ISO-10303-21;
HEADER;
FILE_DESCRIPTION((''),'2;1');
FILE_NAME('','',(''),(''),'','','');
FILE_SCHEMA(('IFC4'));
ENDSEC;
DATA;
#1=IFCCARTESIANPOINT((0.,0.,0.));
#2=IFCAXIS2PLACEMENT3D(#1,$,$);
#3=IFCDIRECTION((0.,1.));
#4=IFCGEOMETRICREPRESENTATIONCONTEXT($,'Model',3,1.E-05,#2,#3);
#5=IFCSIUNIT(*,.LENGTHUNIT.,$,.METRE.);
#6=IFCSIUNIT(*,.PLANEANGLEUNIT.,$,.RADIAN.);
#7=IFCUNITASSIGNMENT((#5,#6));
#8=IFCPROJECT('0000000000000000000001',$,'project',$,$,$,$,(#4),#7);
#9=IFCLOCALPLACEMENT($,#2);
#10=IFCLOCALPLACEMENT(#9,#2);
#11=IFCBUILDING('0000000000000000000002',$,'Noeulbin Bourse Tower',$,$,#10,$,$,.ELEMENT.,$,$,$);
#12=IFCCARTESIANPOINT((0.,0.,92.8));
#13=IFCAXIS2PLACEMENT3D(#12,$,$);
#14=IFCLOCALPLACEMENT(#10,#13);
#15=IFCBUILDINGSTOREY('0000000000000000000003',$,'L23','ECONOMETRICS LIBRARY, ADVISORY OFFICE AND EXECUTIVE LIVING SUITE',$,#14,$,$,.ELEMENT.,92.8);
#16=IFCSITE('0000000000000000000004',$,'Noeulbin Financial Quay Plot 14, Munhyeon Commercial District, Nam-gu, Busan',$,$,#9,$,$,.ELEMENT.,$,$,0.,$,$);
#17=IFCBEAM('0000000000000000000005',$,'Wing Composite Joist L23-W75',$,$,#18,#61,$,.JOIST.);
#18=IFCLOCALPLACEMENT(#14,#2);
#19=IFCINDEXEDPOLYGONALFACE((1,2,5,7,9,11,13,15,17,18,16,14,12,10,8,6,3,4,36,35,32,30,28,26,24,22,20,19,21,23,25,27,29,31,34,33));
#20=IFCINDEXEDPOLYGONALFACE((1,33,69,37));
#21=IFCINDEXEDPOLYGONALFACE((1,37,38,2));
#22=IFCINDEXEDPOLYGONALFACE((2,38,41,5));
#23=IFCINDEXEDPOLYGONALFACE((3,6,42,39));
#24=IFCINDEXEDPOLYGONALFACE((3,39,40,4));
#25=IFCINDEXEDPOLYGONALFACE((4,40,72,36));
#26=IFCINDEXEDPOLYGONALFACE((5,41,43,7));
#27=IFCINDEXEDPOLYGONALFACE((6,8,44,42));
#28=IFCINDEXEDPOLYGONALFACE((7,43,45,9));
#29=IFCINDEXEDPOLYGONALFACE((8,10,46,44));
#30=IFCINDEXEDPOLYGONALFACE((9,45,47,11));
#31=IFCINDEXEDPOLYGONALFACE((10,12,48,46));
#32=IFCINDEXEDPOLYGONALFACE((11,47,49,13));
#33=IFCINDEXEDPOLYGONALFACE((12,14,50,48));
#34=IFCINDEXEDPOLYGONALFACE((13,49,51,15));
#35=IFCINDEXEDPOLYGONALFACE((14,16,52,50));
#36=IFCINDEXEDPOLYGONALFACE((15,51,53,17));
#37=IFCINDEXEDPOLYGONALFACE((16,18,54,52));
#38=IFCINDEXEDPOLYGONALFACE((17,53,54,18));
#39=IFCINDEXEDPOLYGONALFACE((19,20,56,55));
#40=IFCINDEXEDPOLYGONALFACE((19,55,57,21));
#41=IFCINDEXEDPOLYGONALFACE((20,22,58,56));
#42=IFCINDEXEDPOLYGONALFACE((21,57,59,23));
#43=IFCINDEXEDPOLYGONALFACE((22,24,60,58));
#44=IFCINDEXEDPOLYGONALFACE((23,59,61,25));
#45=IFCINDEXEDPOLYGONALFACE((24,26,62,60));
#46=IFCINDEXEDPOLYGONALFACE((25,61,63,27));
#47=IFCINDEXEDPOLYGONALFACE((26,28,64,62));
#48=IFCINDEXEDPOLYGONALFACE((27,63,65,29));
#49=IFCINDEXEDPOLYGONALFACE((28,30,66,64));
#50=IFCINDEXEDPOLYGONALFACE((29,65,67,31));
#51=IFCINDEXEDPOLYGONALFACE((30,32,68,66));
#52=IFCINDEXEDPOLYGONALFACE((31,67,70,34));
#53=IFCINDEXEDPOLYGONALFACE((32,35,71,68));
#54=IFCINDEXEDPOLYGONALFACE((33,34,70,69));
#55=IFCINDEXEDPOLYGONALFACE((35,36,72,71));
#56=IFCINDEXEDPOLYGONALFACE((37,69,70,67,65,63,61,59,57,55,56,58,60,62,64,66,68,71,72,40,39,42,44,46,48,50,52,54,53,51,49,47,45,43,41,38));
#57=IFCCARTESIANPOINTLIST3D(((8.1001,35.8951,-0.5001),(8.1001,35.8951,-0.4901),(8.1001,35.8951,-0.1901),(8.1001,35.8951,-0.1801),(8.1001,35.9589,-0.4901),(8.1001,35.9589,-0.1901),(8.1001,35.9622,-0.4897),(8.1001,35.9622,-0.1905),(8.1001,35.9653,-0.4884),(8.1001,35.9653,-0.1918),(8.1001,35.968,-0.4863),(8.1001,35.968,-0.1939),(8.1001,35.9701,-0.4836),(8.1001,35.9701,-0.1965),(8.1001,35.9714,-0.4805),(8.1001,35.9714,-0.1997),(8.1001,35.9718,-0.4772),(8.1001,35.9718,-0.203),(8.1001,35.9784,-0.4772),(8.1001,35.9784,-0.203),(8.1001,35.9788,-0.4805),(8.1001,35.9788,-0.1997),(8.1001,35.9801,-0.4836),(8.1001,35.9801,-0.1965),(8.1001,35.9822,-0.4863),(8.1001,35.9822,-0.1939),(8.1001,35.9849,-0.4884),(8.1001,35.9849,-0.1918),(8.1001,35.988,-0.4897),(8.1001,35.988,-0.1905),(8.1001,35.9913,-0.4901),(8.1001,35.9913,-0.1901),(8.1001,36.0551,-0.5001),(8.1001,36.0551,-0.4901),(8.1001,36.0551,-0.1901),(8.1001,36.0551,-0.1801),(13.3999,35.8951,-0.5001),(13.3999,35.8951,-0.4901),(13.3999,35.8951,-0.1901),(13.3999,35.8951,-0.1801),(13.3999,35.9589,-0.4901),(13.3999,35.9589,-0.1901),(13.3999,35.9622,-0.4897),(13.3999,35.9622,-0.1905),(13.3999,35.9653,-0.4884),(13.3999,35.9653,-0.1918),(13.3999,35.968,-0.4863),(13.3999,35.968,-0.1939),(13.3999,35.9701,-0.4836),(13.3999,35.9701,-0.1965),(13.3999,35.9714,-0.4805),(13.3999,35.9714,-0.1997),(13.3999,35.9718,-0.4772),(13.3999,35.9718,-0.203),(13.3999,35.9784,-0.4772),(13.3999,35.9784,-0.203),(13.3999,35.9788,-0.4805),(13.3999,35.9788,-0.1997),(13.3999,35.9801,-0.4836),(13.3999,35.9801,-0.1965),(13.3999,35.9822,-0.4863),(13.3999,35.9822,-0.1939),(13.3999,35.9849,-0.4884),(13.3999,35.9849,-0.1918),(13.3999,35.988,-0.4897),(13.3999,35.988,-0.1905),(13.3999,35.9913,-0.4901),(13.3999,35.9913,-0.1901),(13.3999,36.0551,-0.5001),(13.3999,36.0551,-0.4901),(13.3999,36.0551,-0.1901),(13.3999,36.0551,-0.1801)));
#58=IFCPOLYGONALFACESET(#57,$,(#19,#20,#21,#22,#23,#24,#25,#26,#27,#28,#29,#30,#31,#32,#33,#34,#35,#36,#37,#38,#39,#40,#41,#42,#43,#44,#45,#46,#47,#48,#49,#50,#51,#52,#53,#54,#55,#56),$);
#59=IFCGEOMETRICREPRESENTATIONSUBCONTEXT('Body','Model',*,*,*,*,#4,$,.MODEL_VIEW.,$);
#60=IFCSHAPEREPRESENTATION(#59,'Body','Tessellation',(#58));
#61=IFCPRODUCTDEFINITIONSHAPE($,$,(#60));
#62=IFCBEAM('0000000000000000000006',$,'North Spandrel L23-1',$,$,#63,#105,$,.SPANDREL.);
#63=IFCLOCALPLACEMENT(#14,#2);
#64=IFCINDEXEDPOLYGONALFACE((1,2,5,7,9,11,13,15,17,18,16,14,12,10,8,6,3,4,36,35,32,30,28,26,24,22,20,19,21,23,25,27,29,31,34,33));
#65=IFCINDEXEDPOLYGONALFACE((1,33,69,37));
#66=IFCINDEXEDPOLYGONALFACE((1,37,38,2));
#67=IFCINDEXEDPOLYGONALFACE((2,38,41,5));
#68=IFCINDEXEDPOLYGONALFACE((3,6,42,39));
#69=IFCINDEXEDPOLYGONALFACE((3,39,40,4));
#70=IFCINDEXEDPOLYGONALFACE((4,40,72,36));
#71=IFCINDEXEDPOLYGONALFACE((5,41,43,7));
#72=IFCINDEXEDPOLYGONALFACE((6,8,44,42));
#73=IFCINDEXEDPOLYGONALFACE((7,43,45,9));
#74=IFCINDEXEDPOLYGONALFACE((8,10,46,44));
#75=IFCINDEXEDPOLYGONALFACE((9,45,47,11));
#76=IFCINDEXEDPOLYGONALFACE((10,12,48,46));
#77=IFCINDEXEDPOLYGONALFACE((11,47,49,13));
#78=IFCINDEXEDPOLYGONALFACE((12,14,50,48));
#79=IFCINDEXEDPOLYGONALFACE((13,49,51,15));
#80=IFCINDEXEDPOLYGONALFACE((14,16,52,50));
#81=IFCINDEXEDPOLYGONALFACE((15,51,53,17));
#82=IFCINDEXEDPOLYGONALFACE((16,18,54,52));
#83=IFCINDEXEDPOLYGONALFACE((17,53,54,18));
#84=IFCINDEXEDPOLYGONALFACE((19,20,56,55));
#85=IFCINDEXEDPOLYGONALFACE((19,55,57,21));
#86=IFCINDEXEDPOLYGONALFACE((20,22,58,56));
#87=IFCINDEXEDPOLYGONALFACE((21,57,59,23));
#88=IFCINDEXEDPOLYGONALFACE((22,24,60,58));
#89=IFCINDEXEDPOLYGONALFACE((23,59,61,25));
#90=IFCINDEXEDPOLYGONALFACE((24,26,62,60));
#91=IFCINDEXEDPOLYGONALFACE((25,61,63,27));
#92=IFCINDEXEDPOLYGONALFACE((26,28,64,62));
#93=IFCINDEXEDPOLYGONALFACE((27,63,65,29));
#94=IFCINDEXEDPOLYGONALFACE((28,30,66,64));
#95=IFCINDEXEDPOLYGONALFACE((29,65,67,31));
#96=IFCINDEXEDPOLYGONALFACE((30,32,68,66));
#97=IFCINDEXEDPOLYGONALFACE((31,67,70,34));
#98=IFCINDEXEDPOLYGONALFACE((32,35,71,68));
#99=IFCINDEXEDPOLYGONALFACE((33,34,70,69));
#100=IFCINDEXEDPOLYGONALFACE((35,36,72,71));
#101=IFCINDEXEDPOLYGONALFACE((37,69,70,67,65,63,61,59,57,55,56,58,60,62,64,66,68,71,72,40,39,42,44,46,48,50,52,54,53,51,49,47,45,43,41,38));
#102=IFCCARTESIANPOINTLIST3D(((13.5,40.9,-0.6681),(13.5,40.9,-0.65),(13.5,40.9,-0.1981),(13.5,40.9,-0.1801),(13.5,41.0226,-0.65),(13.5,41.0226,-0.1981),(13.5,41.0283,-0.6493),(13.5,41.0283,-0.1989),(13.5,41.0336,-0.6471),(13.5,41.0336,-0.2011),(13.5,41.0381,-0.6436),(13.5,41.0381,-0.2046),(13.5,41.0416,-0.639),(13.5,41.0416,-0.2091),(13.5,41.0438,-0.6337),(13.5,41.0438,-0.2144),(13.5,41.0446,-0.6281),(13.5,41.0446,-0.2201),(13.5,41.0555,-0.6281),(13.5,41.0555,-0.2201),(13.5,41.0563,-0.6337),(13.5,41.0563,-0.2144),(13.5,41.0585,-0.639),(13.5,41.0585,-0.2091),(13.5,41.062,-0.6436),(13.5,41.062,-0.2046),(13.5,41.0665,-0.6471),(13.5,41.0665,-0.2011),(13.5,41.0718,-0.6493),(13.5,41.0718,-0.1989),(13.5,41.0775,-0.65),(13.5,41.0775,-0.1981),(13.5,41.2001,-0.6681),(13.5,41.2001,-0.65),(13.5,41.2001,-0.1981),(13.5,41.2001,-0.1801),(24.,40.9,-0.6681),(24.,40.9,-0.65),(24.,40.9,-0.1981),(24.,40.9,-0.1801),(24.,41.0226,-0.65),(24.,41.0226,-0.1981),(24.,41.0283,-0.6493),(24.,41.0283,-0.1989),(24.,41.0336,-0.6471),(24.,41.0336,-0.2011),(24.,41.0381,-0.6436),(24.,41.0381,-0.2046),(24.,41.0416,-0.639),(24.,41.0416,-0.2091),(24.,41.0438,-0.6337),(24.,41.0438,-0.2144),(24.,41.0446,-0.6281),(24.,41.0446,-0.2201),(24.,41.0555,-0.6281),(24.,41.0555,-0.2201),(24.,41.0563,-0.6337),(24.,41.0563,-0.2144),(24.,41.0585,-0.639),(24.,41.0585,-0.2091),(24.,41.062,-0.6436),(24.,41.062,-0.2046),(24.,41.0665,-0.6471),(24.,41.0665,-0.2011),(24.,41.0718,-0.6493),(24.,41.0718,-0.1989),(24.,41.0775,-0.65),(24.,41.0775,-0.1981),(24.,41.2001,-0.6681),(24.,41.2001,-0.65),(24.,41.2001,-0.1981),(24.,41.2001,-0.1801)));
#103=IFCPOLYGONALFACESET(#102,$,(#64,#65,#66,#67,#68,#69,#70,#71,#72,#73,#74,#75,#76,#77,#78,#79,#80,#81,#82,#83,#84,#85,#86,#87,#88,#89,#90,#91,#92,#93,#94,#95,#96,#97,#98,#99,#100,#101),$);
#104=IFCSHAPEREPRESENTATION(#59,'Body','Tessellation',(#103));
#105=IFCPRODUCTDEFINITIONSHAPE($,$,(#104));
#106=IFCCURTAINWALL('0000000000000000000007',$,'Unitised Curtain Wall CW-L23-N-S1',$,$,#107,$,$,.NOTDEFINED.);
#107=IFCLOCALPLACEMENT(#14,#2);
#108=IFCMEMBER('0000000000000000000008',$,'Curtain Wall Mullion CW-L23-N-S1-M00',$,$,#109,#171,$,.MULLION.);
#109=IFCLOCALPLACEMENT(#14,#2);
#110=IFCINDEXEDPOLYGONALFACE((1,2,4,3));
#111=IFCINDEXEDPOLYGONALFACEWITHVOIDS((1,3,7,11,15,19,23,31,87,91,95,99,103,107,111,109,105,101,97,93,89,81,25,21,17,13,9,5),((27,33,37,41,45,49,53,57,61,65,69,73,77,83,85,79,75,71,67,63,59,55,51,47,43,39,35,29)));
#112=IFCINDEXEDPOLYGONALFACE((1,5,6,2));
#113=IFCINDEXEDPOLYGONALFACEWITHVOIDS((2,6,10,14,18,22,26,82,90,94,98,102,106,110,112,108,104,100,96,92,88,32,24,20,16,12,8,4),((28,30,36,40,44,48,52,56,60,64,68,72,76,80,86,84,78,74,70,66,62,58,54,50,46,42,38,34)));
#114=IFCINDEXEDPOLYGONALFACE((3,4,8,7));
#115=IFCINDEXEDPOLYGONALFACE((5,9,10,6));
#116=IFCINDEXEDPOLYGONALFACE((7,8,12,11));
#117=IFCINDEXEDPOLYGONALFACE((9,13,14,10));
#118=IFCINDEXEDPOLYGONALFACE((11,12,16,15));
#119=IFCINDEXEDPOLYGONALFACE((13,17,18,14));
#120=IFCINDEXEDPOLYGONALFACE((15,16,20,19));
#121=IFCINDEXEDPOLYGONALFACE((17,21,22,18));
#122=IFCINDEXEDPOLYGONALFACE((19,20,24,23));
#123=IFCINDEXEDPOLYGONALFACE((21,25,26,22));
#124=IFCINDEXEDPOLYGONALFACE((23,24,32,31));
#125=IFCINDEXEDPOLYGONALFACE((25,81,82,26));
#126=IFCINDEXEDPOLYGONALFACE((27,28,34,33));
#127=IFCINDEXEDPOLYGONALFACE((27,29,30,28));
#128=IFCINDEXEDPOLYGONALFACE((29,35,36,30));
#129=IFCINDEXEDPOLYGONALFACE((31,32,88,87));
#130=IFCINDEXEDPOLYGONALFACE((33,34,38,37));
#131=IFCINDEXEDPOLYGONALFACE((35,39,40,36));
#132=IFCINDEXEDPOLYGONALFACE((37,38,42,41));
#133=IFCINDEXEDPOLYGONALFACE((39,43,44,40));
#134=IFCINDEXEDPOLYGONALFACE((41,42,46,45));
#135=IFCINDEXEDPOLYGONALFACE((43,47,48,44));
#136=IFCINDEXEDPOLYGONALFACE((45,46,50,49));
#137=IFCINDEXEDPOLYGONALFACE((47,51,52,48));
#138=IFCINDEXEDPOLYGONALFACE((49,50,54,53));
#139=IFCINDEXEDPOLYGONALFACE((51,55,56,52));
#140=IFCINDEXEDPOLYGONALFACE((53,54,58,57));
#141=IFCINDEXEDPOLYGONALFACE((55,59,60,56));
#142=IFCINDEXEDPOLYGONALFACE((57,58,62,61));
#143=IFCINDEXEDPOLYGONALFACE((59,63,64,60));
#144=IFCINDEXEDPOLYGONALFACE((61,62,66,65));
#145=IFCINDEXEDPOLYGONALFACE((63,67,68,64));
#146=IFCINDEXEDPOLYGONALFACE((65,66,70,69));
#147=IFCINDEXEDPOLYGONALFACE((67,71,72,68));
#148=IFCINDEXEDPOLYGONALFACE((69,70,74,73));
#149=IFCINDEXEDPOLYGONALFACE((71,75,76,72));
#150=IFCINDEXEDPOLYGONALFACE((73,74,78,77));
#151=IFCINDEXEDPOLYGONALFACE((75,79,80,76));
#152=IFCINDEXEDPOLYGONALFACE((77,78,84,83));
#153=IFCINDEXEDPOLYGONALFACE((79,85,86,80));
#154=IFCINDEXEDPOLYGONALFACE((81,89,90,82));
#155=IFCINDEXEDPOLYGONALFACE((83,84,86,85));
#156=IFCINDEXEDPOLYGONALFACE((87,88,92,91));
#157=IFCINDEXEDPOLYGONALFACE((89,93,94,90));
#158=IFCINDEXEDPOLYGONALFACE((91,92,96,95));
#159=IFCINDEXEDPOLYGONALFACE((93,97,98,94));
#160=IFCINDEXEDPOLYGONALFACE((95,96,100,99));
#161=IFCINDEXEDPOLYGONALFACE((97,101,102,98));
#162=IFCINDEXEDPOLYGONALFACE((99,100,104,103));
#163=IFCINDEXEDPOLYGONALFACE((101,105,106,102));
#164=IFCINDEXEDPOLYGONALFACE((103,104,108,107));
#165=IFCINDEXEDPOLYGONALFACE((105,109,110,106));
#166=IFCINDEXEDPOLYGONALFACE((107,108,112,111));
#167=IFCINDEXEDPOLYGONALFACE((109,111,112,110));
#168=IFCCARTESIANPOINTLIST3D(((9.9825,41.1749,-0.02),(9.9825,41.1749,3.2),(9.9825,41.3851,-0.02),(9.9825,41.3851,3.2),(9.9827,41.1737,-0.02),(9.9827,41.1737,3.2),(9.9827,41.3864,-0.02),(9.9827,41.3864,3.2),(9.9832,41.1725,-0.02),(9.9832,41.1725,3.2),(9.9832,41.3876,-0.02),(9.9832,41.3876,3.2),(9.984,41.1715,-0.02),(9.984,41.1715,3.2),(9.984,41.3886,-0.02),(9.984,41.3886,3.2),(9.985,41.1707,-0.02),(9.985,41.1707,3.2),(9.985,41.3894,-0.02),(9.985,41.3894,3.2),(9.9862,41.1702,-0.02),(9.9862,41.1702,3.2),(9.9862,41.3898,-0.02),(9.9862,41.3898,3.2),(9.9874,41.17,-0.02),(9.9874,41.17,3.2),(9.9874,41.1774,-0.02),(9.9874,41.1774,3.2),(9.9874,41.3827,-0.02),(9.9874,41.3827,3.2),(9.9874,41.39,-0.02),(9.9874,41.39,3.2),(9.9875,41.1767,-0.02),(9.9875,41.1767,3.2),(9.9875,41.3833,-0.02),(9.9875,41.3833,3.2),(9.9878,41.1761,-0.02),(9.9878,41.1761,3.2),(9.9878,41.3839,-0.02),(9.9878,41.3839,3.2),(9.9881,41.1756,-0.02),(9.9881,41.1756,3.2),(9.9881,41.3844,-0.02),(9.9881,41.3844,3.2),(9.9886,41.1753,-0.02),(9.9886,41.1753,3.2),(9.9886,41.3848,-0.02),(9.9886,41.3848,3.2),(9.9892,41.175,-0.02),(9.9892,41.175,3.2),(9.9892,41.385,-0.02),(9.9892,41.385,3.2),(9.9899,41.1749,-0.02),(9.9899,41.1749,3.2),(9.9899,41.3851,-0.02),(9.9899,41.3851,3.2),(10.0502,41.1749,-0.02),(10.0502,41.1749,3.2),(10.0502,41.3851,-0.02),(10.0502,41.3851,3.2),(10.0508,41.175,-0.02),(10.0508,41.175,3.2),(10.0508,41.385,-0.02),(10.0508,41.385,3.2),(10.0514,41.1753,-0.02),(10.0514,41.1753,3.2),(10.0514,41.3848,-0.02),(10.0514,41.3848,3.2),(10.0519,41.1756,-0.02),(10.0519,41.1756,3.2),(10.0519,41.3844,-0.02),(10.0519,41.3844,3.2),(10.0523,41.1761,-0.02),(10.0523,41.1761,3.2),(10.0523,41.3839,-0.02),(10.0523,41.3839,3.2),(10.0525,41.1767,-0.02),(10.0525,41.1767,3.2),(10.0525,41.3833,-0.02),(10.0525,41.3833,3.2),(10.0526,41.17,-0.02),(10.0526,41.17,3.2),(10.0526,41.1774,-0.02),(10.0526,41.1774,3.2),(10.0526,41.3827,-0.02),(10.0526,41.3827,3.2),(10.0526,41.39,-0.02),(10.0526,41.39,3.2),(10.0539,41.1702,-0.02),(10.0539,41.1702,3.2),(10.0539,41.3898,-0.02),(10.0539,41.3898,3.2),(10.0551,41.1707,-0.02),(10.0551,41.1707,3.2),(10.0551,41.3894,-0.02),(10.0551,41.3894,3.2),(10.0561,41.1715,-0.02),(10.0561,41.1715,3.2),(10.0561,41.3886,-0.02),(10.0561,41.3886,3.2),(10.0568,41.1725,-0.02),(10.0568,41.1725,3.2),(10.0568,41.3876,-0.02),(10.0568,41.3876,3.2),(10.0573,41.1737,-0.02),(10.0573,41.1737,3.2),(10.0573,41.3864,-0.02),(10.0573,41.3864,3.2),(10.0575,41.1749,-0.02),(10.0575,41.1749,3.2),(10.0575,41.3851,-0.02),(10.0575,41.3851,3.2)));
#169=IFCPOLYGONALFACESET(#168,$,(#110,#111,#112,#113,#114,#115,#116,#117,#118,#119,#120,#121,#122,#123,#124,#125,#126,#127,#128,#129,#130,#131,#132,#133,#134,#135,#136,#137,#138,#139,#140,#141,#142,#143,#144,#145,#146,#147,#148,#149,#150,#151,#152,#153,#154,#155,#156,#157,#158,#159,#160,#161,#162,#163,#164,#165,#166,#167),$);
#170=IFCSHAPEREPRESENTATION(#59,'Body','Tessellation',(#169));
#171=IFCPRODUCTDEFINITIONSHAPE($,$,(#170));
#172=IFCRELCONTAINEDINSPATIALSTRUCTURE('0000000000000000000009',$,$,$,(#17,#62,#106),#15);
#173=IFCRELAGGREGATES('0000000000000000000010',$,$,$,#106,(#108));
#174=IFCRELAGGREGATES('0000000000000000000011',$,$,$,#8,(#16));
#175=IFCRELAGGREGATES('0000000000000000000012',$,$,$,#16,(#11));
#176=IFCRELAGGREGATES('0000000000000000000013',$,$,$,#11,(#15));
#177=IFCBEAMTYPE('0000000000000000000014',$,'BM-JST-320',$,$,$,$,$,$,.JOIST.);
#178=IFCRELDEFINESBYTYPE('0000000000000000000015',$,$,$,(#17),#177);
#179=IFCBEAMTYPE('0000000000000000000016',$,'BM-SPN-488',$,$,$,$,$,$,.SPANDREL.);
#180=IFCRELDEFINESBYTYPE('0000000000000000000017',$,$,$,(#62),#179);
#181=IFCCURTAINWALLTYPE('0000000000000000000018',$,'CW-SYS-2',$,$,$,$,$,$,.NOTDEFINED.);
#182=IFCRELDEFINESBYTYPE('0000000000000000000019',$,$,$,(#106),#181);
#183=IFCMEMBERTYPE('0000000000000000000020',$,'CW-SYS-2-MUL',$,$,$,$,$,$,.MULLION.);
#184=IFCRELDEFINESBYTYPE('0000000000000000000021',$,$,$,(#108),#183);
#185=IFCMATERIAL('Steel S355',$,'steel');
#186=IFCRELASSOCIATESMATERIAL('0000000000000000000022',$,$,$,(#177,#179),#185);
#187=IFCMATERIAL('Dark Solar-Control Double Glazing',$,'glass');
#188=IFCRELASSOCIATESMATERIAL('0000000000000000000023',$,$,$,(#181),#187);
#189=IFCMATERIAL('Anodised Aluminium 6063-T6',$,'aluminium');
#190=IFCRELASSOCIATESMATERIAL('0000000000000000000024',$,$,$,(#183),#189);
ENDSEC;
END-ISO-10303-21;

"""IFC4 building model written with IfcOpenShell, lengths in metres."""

from ifc_helpers import new_model, si_unit, direction, frame, origin, origin_2d, place, context, subcontext, project, spatial, hollow_rectangle, i_section, extrude, material, material_profile, profile_set, type_object, element, aggregate, save


model = new_model("IFC4")

# Units and contexts
model_context = context("Model", 3, precision=1e-05, world=origin(), true_north=direction((0.0, 1.0)))
body_context = subcontext(model_context, "Body", "Model", "MODEL_VIEW")
ifc_project = project(units=[si_unit("LENGTHUNIT", "METRE"), si_unit("PLANEANGLEUNIT", "RADIAN")], contexts=[model_context])

# Site, building, storey
site_placement = place(None, origin())
site = spatial("IfcSite", under=ifc_project, at=site_placement, Name="Noeulbin Financial Quay Plot 14, Munhyeon Commercial District, Nam-gu, Busan", CompositionType="ELEMENT", RefElevation=0.0)
building_placement = place(site_placement, origin())
building = spatial("IfcBuilding", under=site, at=building_placement, Name="Noeulbin Bourse Tower", CompositionType="ELEMENT")
storey_placement = place(building_placement, frame((0.0, 0.0, 92.8)))
storey = spatial("IfcBuildingStorey", under=building, at=storey_placement, Name="L23", Description="ECONOMETRICS LIBRARY, ADVISORY OFFICE AND EXECUTIVE LIVING SUITE", CompositionType="ELEMENT", Elevation=92.8)

# Beams
ifc_material_1 = material(Name="Steel S355", Category="steel")
ifc_material_profile_1 = material_profile(ifc_material_1, i_section(OverallWidth=0.1599, OverallDepth=0.3201, WebThickness=0.0066, FlangeThickness=0.01, FilletRadius=0.0129, at=origin_2d()), Name="H-320x160x6.5x10", Category="LoadBearing")
ifc_profile_set_1 = profile_set([ifc_material_profile_1], Name="Steel S355")
beam_type_1 = type_object("IfcBeamType", Name="BM-JST-320", PredefinedType="JOIST", material=ifc_profile_set_1)
beam_1_placement = place(storey_placement, frame((8.1001, 35.9751, -0.3401), z_axis=(1.0, 0.0, 0.0), x_axis=(0.0, 1.0, 0.0)))
element("IfcBeam", 1, at=beam_1_placement, inside=storey, type_object=beam_type_1, Name="Wing Composite Joist L23-W75", PredefinedType="JOIST", context=body_context, shape_type="SweptSolid", body=[
    extrude(i_section(OverallWidth=0.1599, OverallDepth=0.3201, WebThickness=0.0066, FlangeThickness=0.01, FilletRadius=0.0129, at=origin_2d()), origin(), (0.0, 0.0, 1.0), 5.2998),
])
ifc_material_profile_2 = material_profile(ifc_material_1, i_section(OverallWidth=0.3, OverallDepth=0.488, WebThickness=0.011, FlangeThickness=0.0181, FilletRadius=0.022, at=origin_2d()), Name="H-488x300x11x18", Category="LoadBearing")
ifc_profile_set_2 = profile_set([ifc_material_profile_2], Name="Steel S355")
beam_type_2 = type_object("IfcBeamType", Name="BM-SPN-488", PredefinedType="SPANDREL", material=ifc_profile_set_2)
beam_2_placement = place(storey_placement, frame((13.5, 41.05, -0.4241), z_axis=(1.0, 0.0, 0.0), x_axis=(0.0, 1.0, 0.0)))
element("IfcBeam", 2, at=beam_2_placement, inside=storey, type_object=beam_type_2, Name="North Spandrel L23-1", PredefinedType="SPANDREL", context=body_context, shape_type="SweptSolid", body=[
    extrude(i_section(OverallWidth=0.3, OverallDepth=0.488, WebThickness=0.011, FlangeThickness=0.0181, FilletRadius=0.022, at=origin_2d()), origin(), (0.0, 0.0, 1.0), 10.5),
])

# Curtain wall, member
ifc_material_2 = material(Name="Dark Solar-Control Double Glazing", Category="glass")
curtain_wall_type = type_object("IfcCurtainWallType", Name="CW-SYS-2", PredefinedType="NOTDEFINED", material=ifc_material_2)
curtain_wall_1_placement = place(storey_placement, origin())
curtain_wall_1 = element("IfcCurtainWall", 3, at=curtain_wall_1_placement, inside=storey, type_object=curtain_wall_type, Name="Unitised Curtain Wall CW-L23-N-S1", PredefinedType="NOTDEFINED")
ifc_material_3 = material(Name="Anodised Aluminium 6063-T6", Category="aluminium")
ifc_material_profile_3 = material_profile(ifc_material_3, hollow_rectangle(XDim=0.075, YDim=0.22, WallThickness=0.0049, InnerFilletRadius=0.0024, OuterFilletRadius=0.0049, at=origin_2d()), Name="ALU-MULL-75x220x5", Category="LoadBearing")
ifc_profile_set_3 = profile_set([ifc_material_profile_3], Name="Anodised Aluminium 6063-T6")
member_type_1 = type_object("IfcMemberType", Name="CW-SYS-2-MUL", PredefinedType="MULLION", material=ifc_profile_set_3)
member_1_placement = place(storey_placement, frame((10.02, 41.28, -0.02), z_axis=(0.0, 0.0, 1.0), x_axis=(1.0, 0.0, 0.0)))
member_1 = element("IfcMember", 4, at=member_1_placement, type_object=member_type_1, Name="Curtain Wall Mullion CW-L23-N-S1-M00", PredefinedType="MULLION", context=body_context, shape_type="SweptSolid", body=[
    extrude(hollow_rectangle(XDim=0.075, YDim=0.22, WallThickness=0.0049, InnerFilletRadius=0.0024, OuterFilletRadius=0.0049, at=origin_2d()), origin(), (0.0, 0.0, 1.0), 3.22),
])

aggregate(curtain_wall_1, [member_1])

save(model, "model.ifc")
